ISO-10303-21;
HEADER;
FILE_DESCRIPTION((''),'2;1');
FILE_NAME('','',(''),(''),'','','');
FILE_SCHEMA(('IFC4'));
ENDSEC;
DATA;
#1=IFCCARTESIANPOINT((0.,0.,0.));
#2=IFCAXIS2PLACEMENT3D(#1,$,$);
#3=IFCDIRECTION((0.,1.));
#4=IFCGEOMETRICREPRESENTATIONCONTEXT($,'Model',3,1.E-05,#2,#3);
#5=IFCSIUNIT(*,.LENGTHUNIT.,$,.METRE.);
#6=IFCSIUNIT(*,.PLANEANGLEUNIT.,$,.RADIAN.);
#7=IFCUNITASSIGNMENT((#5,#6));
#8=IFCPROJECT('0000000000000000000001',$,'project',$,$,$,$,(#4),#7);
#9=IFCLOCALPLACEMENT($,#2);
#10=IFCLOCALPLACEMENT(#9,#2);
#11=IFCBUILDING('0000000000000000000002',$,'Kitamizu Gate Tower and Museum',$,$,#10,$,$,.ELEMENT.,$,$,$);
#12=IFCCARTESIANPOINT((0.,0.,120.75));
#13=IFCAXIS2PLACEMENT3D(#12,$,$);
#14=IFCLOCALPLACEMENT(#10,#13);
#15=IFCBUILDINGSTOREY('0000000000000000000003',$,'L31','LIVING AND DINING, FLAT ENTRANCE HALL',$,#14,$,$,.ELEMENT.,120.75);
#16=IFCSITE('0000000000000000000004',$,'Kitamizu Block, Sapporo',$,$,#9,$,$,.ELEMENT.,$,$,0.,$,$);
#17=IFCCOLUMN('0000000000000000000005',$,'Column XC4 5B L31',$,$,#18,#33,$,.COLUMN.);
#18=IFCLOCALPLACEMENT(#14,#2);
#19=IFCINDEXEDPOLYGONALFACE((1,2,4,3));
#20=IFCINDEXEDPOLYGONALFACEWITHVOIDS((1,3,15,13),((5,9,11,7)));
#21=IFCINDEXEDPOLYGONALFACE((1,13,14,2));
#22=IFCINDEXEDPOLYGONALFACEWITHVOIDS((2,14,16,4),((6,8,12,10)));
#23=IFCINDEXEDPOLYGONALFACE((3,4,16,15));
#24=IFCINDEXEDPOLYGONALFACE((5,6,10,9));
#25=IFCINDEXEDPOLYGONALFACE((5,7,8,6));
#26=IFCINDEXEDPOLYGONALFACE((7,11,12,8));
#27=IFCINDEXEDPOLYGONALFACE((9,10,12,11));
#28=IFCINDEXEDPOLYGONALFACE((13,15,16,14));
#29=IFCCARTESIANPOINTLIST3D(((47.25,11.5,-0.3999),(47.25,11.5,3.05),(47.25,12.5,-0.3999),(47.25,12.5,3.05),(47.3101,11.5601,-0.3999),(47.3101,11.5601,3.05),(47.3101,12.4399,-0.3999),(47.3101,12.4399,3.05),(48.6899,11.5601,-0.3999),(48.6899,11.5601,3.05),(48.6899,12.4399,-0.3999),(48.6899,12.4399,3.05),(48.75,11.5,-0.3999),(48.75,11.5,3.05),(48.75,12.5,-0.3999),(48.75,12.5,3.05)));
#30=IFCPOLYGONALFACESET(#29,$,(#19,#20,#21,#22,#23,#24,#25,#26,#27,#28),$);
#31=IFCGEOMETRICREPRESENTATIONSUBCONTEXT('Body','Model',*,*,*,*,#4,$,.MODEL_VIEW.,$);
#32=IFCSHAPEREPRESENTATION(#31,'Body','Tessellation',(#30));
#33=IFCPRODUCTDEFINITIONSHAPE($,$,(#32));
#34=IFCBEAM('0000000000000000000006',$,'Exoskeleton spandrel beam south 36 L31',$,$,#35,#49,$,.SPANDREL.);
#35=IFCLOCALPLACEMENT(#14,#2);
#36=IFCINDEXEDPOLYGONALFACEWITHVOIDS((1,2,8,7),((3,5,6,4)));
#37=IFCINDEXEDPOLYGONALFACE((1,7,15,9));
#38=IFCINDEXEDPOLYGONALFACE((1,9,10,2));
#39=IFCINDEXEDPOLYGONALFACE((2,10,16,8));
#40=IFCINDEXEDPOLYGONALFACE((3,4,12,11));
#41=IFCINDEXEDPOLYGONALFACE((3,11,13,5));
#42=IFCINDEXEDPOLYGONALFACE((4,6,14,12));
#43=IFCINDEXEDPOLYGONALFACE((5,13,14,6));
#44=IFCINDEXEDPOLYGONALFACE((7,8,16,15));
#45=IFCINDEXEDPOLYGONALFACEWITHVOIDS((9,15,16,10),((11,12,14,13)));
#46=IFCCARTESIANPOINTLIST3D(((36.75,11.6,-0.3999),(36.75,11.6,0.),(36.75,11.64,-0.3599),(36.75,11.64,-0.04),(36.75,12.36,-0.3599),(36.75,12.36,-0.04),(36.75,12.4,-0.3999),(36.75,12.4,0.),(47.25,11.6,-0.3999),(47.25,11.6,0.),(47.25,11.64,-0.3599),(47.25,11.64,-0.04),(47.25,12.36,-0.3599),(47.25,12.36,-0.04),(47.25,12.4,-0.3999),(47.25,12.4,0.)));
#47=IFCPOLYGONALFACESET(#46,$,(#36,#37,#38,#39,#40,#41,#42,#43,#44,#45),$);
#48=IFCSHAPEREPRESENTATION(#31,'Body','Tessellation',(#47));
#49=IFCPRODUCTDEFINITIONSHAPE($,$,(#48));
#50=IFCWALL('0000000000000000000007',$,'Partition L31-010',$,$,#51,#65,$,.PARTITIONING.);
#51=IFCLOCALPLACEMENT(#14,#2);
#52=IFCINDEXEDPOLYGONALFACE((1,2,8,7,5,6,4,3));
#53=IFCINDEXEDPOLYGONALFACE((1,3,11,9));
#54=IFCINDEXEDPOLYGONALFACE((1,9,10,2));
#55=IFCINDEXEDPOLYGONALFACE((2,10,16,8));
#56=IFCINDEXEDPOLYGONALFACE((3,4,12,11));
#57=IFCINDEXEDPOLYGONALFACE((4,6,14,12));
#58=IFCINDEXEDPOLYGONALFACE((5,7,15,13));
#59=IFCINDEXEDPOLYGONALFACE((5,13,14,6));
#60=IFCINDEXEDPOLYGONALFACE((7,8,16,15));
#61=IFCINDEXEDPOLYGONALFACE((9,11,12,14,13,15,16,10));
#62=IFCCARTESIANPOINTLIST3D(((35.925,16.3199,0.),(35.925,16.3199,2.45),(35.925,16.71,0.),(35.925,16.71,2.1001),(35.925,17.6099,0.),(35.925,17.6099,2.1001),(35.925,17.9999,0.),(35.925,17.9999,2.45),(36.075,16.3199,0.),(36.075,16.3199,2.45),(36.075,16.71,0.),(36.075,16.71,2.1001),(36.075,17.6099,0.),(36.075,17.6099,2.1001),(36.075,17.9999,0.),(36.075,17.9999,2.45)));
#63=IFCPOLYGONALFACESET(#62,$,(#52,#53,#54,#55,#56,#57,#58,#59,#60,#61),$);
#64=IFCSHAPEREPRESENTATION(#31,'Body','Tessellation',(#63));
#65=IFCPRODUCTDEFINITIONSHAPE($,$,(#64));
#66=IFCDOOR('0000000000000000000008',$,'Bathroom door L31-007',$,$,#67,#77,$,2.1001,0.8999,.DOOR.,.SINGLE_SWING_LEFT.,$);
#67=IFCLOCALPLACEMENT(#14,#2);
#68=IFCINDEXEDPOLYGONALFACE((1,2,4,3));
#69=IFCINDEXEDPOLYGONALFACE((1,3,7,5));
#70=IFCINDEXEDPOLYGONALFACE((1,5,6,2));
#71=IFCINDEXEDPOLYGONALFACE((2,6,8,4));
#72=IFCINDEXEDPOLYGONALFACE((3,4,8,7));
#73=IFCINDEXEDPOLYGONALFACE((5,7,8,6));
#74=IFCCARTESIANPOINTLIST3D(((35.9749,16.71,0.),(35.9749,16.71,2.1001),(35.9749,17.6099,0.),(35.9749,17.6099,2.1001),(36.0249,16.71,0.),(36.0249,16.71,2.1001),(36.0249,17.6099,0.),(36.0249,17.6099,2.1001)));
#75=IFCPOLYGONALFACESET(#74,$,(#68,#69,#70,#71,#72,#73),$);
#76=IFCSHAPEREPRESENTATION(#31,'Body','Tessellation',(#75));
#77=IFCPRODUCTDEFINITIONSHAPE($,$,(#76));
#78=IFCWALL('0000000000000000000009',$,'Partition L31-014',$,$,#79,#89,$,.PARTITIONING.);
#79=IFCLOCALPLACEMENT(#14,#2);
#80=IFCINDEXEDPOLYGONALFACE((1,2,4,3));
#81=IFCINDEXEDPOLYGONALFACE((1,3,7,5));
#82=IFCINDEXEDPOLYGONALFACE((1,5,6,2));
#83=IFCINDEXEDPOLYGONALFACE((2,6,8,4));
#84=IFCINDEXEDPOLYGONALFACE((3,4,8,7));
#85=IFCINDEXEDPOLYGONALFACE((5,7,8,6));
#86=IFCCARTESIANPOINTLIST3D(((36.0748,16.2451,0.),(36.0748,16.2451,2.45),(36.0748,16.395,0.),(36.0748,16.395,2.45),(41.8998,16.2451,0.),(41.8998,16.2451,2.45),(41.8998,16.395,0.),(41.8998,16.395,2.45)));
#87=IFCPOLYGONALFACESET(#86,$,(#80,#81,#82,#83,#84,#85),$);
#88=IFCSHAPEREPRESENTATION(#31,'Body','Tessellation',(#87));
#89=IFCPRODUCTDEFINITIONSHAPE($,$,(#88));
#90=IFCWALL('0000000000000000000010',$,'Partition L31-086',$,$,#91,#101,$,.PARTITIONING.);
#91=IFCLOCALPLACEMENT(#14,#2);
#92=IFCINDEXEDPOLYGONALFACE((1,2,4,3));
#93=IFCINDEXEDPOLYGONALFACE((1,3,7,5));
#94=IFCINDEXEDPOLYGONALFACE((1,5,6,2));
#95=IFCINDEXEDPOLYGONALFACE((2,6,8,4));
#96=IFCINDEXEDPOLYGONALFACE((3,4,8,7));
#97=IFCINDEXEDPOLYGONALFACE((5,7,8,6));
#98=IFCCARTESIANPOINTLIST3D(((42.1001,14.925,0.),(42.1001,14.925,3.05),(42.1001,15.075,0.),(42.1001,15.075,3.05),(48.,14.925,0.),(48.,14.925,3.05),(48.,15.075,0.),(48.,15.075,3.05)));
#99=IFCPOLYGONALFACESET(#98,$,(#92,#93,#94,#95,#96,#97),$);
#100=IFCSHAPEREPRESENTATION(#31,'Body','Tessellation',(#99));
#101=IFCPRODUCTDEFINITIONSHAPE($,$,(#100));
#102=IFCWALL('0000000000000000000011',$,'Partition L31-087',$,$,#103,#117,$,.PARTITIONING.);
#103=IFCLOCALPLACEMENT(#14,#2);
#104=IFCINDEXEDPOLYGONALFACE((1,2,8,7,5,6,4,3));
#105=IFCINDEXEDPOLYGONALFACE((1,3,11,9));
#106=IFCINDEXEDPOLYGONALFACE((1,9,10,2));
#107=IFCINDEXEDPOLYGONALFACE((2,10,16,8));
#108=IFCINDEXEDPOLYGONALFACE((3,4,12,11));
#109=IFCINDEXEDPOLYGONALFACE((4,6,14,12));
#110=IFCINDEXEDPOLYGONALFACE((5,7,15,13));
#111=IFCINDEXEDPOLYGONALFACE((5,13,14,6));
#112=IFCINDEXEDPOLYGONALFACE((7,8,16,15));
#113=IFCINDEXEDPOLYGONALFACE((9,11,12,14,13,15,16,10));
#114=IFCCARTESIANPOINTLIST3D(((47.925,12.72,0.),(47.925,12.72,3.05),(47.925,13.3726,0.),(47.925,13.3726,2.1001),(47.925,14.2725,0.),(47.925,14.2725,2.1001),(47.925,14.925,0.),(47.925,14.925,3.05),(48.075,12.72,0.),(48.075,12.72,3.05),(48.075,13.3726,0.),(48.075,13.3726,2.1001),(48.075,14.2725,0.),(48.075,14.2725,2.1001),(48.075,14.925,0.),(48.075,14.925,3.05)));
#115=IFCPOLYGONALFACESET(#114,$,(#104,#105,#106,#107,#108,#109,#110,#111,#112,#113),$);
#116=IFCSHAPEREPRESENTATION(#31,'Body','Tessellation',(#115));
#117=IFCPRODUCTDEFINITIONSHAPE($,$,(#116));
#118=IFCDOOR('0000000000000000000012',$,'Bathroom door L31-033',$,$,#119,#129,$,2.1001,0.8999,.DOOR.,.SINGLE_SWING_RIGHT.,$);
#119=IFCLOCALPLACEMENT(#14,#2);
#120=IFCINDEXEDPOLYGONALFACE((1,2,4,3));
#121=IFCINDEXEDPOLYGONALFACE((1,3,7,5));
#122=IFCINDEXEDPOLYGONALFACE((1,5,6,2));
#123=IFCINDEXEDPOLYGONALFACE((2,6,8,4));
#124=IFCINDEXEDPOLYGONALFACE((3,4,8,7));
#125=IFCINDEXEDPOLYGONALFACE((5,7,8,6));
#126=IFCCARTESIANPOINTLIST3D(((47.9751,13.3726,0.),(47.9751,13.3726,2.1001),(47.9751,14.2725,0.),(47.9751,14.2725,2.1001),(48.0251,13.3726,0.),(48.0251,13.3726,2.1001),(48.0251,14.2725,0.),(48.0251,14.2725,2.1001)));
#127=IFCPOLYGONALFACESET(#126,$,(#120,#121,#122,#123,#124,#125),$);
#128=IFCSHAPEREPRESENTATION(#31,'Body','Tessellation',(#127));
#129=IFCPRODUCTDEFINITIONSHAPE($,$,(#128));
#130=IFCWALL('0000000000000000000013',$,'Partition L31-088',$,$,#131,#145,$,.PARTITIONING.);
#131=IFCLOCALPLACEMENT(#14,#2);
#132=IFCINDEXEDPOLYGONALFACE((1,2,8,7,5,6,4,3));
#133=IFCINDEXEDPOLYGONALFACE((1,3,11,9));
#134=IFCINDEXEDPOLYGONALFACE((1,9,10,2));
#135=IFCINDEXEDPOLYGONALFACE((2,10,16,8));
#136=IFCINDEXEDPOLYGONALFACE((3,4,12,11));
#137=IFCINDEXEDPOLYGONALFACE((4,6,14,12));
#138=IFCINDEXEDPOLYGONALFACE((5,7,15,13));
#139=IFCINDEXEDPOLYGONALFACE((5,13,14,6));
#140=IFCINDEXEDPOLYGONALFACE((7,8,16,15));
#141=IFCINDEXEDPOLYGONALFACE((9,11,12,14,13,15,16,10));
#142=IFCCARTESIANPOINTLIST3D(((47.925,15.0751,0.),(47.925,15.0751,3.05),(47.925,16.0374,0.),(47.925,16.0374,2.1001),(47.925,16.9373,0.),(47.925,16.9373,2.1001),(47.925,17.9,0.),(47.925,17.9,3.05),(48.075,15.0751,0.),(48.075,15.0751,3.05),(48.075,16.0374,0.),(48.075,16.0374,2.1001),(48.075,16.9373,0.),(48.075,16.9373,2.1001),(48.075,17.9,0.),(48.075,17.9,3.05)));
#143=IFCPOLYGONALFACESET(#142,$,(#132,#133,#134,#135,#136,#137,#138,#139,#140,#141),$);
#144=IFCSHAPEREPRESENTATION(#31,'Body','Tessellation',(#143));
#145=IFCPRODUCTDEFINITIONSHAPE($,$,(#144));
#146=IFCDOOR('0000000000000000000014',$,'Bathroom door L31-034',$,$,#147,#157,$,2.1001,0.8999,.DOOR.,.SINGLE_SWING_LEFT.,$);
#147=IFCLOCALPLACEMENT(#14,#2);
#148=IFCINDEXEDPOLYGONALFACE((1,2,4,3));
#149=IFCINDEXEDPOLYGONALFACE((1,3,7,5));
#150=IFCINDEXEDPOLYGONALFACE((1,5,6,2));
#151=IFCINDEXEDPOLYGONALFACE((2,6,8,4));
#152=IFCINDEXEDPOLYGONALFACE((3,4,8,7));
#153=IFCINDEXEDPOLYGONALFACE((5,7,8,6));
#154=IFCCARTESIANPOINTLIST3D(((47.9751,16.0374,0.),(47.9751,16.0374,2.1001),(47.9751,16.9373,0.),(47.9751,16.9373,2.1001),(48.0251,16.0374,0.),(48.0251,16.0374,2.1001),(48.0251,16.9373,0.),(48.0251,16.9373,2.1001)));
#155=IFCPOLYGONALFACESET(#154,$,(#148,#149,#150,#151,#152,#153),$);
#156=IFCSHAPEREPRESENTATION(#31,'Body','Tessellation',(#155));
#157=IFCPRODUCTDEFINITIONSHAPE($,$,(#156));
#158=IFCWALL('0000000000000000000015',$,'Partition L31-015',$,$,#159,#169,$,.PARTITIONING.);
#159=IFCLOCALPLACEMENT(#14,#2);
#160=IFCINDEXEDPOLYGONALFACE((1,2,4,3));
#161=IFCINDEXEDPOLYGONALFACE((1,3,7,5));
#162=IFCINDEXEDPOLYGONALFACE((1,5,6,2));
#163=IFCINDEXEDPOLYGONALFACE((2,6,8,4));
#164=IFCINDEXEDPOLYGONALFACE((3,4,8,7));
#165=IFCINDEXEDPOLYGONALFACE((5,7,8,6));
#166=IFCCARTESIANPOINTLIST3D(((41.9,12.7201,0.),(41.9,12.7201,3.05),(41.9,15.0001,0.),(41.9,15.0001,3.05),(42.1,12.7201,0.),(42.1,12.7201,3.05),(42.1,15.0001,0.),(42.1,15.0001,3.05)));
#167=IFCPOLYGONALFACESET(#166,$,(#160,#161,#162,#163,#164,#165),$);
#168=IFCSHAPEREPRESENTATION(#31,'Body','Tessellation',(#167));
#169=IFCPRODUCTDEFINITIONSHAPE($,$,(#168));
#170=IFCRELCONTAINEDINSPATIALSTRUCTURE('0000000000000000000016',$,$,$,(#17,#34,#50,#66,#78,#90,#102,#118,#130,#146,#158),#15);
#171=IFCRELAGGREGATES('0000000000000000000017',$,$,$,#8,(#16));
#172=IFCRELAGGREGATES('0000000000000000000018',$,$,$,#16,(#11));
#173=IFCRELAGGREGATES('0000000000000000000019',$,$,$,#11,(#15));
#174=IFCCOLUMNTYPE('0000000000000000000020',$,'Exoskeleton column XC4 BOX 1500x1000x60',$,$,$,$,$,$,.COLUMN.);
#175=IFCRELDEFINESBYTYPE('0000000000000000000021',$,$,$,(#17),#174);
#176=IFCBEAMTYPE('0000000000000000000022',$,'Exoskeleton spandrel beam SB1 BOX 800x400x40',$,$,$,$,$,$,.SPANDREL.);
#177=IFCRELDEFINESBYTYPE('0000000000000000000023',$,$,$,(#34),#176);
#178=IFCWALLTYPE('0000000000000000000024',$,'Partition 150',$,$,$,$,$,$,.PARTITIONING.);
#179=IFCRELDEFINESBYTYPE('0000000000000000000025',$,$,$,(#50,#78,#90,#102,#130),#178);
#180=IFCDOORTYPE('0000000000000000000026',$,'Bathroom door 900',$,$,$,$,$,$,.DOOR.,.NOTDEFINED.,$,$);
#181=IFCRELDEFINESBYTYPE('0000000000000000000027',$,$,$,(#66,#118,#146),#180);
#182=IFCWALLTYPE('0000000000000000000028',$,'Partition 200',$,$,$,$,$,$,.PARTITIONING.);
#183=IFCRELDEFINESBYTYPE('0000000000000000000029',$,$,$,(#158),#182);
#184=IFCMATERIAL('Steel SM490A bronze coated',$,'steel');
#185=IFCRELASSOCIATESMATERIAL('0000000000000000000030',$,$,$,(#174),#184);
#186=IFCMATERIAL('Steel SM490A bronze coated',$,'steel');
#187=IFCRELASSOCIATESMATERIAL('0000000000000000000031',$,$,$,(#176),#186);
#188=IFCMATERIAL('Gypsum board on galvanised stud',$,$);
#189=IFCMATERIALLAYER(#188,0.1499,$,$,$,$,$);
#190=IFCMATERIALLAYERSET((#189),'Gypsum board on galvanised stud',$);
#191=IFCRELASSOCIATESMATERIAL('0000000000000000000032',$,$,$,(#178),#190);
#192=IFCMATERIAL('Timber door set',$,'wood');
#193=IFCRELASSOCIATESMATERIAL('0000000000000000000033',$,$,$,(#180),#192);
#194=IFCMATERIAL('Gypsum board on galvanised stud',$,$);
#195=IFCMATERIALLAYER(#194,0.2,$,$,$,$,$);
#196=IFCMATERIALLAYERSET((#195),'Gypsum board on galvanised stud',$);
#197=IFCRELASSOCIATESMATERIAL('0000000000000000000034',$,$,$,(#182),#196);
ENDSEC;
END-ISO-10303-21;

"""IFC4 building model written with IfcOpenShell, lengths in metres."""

from ifc_helpers import new_model, si_unit, direction, frame, frame_2d, origin, origin_2d, place, context, subcontext, project, spatial, rectangle, hollow_rectangle, extrude, material, layer, layer_set, material_profile, profile_set, type_object, element, fill, save


model = new_model("IFC4")

# Units and contexts
model_context = context("Model", 3, precision=1e-05, world=origin(), true_north=direction((0.0, 1.0)))
body_context = subcontext(model_context, "Body", "Model", "MODEL_VIEW")
ifc_project = project(units=[si_unit("LENGTHUNIT", "METRE"), si_unit("PLANEANGLEUNIT", "RADIAN")], contexts=[model_context])

# Site, building, storey
site_placement = place(None, origin())
site = spatial("IfcSite", under=ifc_project, at=site_placement, Name="Kitamizu Block, Sapporo", CompositionType="ELEMENT", RefElevation=0.0)
building_placement = place(site_placement, origin())
building = spatial("IfcBuilding", under=site, at=building_placement, Name="Kitamizu Gate Tower and Museum", CompositionType="ELEMENT")
storey_placement = place(building_placement, frame((0.0, 0.0, 120.75)))
storey = spatial("IfcBuildingStorey", under=building, at=storey_placement, Name="L31", Description="LIVING AND DINING, FLAT ENTRANCE HALL", CompositionType="ELEMENT", Elevation=120.75)

# Column
ifc_material_1 = material(Name="Steel SM490A bronze coated", Category="steel")
ifc_material_profile_1 = material_profile(ifc_material_1, hollow_rectangle(XDim=1.5, YDim=1.0, WallThickness=0.0601, at=origin_2d()), Name="BOX 1500x1000x60")
ifc_profile_set_1 = profile_set([ifc_material_profile_1], Name="Steel SM490A bronze coated")
column_type = type_object("IfcColumnType", Name="Exoskeleton column XC4 BOX 1500x1000x60", PredefinedType="COLUMN", material=ifc_profile_set_1)
column_placement = place(storey_placement, frame((48.0, 12.0, -0.3999), z_axis=(0.0, 0.0, 1.0), x_axis=(1.0, 0.0, 0.0)))
element("IfcColumn", 1, at=column_placement, inside=storey, type_object=column_type, Name="Column XC4 5B L31", PredefinedType="COLUMN", context=body_context, shape_type="SweptSolid", body=[
    extrude(hollow_rectangle(XDim=1.5, YDim=1.0, WallThickness=0.0601, at=origin_2d()), origin(), (0.0, 0.0, 1.0), 3.45),
])

# Beam
ifc_material_2 = material(Name="Steel SM490A bronze coated", Category="steel")
ifc_material_profile_2 = material_profile(ifc_material_2, hollow_rectangle(XDim=0.8, YDim=0.3999, WallThickness=0.04, at=origin_2d()), Name="BOX 800x400x40")
ifc_profile_set_2 = profile_set([ifc_material_profile_2], Name="Steel SM490A bronze coated")
beam_type = type_object("IfcBeamType", Name="Exoskeleton spandrel beam SB1 BOX 800x400x40", PredefinedType="SPANDREL", material=ifc_profile_set_2)
beam_placement = place(storey_placement, frame((36.75, 12.0, -0.2), z_axis=(1.0, 0.0, 0.0), x_axis=(0.0, 1.0, 0.0)))
element("IfcBeam", 2, at=beam_placement, inside=storey, type_object=beam_type, Name="Exoskeleton spandrel beam south 36 L31", PredefinedType="SPANDREL", context=body_context, shape_type="SweptSolid", body=[
    extrude(hollow_rectangle(XDim=0.8, YDim=0.3999, WallThickness=0.04, at=origin_2d()), origin(), (0.0, 0.0, 1.0), 10.5),
])

# Wall, opening, door
ifc_material_3 = material(Name="Gypsum board on galvanised stud")
ifc_layer_1 = layer(ifc_material_3, 0.1499)
ifc_layer_set_1 = layer_set([ifc_layer_1], Name="Gypsum board on galvanised stud")
wall_type_1 = type_object("IfcWallType", Name="Partition 150", PredefinedType="PARTITIONING", material=ifc_layer_set_1)
wall_1_placement = place(storey_placement, frame((36.0, 16.3201, 0.0), z_axis=(0.0, 0.0, 1.0), x_axis=(0.0, 1.0, 0.0)))
wall_1 = element("IfcWall", 3, at=wall_1_placement, inside=storey, type_object=wall_type_1, Name="Partition L31-010", PredefinedType="PARTITIONING", context=body_context, shape_type="SweptSolid", body=[
    extrude(rectangle(XDim=1.6799, YDim=0.1499, at=frame_2d((0.8398, 0.0))), origin(), (0.0, 0.0, 1.0), 2.45),
])
opening_1_placement = place(wall_1_placement, frame((0.3899, 0.0, 0.0)))
opening_1 = element("IfcOpeningElement", 4, at=opening_1_placement, cuts=wall_1, PredefinedType="OPENING", context=body_context, shape_type="SweptSolid", body=[
    extrude(rectangle(XDim=0.8999, YDim=2.1001, at=frame_2d((0.45, 1.05))), frame((0.0, 0.085, 0.0), z_axis=(0.0, -1.0, 0.0), x_axis=(1.0, 0.0, 0.0)), (0.0, 0.0, 1.0), 0.1699),
])
ifc_material_4 = material(Name="Timber door set", Category="wood")
door_type = type_object("IfcDoorType", Name="Bathroom door 900", OperationType="NOTDEFINED", PredefinedType="DOOR", material=ifc_material_4)
door_1_placement = place(opening_1_placement, frame((0.8999, 0.0, 0.0), x_axis=(-1.0, 0.0, 0.0)))
door_1 = element("IfcDoor", 5, at=door_1_placement, inside=storey, type_object=door_type, Name="Bathroom door L31-007", OperationType="SINGLE_SWING_LEFT", OverallHeight=2.1001, OverallWidth=0.8999, PredefinedType="DOOR", context=body_context, shape_type="SweptSolid", body=[
    extrude(rectangle(XDim=0.8999, YDim=2.1001, at=frame_2d((0.45, 1.05))), frame((0.0, 0.0249, 0.0), z_axis=(0.0, -1.0, 0.0), x_axis=(1.0, 0.0, 0.0)), (0.0, 0.0, 1.0), 0.05),
])
fill(opening_1, door_1)

# Walls
wall_2_placement = place(storey_placement, frame((41.8999, 16.3201, 0.0), z_axis=(0.0, 0.0, 1.0), x_axis=(-1.0, 0.0, 0.0)))
element("IfcWall", 6, at=wall_2_placement, inside=storey, type_object=wall_type_1, Name="Partition L31-014", PredefinedType="PARTITIONING", context=body_context, shape_type="SweptSolid", body=[
    extrude(rectangle(XDim=5.825, YDim=0.1499, at=frame_2d((2.9126, 0.0))), origin(), (0.0, 0.0, 1.0), 2.45),
])
wall_3_placement = place(storey_placement, frame((48.0, 15.0, 0.0), z_axis=(0.0, 0.0, 1.0), x_axis=(-1.0, 0.0, 0.0)))
element("IfcWall", 7, at=wall_3_placement, inside=storey, type_object=wall_type_1, Name="Partition L31-086", PredefinedType="PARTITIONING", context=body_context, shape_type="SweptSolid", body=[
    extrude(rectangle(XDim=5.8999, YDim=0.1499, at=frame_2d((2.95, 0.0))), origin(), (0.0, 0.0, 1.0), 3.05),
])

# Walls, openings, doors
wall_4_placement = place(storey_placement, frame((48.0, 12.72, 0.0), z_axis=(0.0, 0.0, 1.0), x_axis=(0.0, 1.0, 0.0)))
wall_4 = element("IfcWall", 8, at=wall_4_placement, inside=storey, type_object=wall_type_1, Name="Partition L31-087", PredefinedType="PARTITIONING", context=body_context, shape_type="SweptSolid", body=[
    extrude(rectangle(XDim=2.2051, YDim=0.1499, at=frame_2d((1.1025, 0.0))), origin(), (0.0, 0.0, 1.0), 3.05),
])
opening_2_placement = place(wall_4_placement, frame((0.6526, 0.0, 0.0)))
opening_2 = element("IfcOpeningElement", 9, at=opening_2_placement, cuts=wall_4, PredefinedType="OPENING", context=body_context, shape_type="SweptSolid", body=[
    extrude(rectangle(XDim=0.8999, YDim=2.1001, at=frame_2d((0.45, 1.05))), frame((0.0, 0.085, 0.0), z_axis=(0.0, -1.0, 0.0), x_axis=(1.0, 0.0, 0.0)), (0.0, 0.0, 1.0), 0.1699),
])
door_2_placement = place(opening_2_placement, origin())
door_2 = element("IfcDoor", 10, at=door_2_placement, inside=storey, type_object=door_type, Name="Bathroom door L31-033", OperationType="SINGLE_SWING_RIGHT", OverallHeight=2.1001, OverallWidth=0.8999, PredefinedType="DOOR", context=body_context, shape_type="SweptSolid", body=[
    extrude(rectangle(XDim=0.8999, YDim=2.1001, at=frame_2d((0.45, 1.05))), frame((0.0, 0.0249, 0.0), z_axis=(0.0, -1.0, 0.0), x_axis=(1.0, 0.0, 0.0)), (0.0, 0.0, 1.0), 0.05),
])
fill(opening_2, door_2)
wall_5_placement = place(storey_placement, frame((48.0, 15.075, 0.0), z_axis=(0.0, 0.0, 1.0), x_axis=(0.0, 1.0, 0.0)))
wall_5 = element("IfcWall", 11, at=wall_5_placement, inside=storey, type_object=wall_type_1, Name="Partition L31-088", PredefinedType="PARTITIONING", context=body_context, shape_type="SweptSolid", body=[
    extrude(rectangle(XDim=2.825, YDim=0.1499, at=frame_2d((1.4126, 0.0))), origin(), (0.0, 0.0, 1.0), 3.05),
])
opening_3_placement = place(wall_5_placement, frame((0.9624, 0.0, 0.0)))
opening_3 = element("IfcOpeningElement", 12, at=opening_3_placement, cuts=wall_5, PredefinedType="OPENING", context=body_context, shape_type="SweptSolid", body=[
    extrude(rectangle(XDim=0.8999, YDim=2.1001, at=frame_2d((0.45, 1.05))), frame((0.0, 0.085, 0.0), z_axis=(0.0, -1.0, 0.0), x_axis=(1.0, 0.0, 0.0)), (0.0, 0.0, 1.0), 0.1699),
])
door_3_placement = place(opening_3_placement, origin())
door_3 = element("IfcDoor", 13, at=door_3_placement, inside=storey, type_object=door_type, Name="Bathroom door L31-034", OperationType="SINGLE_SWING_LEFT", OverallHeight=2.1001, OverallWidth=0.8999, PredefinedType="DOOR", context=body_context, shape_type="SweptSolid", body=[
    extrude(rectangle(XDim=0.8999, YDim=2.1001, at=frame_2d((0.45, 1.05))), frame((0.0, 0.0249, 0.0), z_axis=(0.0, -1.0, 0.0), x_axis=(1.0, 0.0, 0.0)), (0.0, 0.0, 1.0), 0.05),
])
fill(opening_3, door_3)

# Wall
ifc_material_5 = material(Name="Gypsum board on galvanised stud")
ifc_layer_2 = layer(ifc_material_5, 0.2)
ifc_layer_set_2 = layer_set([ifc_layer_2], Name="Gypsum board on galvanised stud")
wall_type_2 = type_object("IfcWallType", Name="Partition 200", PredefinedType="PARTITIONING", material=ifc_layer_set_2)
wall_6_placement = place(storey_placement, frame((42.0, 12.72, 0.0), z_axis=(0.0, 0.0, 1.0), x_axis=(0.0, 1.0, 0.0)))
element("IfcWall", 14, at=wall_6_placement, inside=storey, type_object=wall_type_2, Name="Partition L31-015", PredefinedType="PARTITIONING", context=body_context, shape_type="SweptSolid", body=[
    extrude(rectangle(XDim=2.28, YDim=0.2, at=frame_2d((1.1401, 0.0))), origin(), (0.0, 0.0, 1.0), 3.05),
])

save(model, "model.ifc")
